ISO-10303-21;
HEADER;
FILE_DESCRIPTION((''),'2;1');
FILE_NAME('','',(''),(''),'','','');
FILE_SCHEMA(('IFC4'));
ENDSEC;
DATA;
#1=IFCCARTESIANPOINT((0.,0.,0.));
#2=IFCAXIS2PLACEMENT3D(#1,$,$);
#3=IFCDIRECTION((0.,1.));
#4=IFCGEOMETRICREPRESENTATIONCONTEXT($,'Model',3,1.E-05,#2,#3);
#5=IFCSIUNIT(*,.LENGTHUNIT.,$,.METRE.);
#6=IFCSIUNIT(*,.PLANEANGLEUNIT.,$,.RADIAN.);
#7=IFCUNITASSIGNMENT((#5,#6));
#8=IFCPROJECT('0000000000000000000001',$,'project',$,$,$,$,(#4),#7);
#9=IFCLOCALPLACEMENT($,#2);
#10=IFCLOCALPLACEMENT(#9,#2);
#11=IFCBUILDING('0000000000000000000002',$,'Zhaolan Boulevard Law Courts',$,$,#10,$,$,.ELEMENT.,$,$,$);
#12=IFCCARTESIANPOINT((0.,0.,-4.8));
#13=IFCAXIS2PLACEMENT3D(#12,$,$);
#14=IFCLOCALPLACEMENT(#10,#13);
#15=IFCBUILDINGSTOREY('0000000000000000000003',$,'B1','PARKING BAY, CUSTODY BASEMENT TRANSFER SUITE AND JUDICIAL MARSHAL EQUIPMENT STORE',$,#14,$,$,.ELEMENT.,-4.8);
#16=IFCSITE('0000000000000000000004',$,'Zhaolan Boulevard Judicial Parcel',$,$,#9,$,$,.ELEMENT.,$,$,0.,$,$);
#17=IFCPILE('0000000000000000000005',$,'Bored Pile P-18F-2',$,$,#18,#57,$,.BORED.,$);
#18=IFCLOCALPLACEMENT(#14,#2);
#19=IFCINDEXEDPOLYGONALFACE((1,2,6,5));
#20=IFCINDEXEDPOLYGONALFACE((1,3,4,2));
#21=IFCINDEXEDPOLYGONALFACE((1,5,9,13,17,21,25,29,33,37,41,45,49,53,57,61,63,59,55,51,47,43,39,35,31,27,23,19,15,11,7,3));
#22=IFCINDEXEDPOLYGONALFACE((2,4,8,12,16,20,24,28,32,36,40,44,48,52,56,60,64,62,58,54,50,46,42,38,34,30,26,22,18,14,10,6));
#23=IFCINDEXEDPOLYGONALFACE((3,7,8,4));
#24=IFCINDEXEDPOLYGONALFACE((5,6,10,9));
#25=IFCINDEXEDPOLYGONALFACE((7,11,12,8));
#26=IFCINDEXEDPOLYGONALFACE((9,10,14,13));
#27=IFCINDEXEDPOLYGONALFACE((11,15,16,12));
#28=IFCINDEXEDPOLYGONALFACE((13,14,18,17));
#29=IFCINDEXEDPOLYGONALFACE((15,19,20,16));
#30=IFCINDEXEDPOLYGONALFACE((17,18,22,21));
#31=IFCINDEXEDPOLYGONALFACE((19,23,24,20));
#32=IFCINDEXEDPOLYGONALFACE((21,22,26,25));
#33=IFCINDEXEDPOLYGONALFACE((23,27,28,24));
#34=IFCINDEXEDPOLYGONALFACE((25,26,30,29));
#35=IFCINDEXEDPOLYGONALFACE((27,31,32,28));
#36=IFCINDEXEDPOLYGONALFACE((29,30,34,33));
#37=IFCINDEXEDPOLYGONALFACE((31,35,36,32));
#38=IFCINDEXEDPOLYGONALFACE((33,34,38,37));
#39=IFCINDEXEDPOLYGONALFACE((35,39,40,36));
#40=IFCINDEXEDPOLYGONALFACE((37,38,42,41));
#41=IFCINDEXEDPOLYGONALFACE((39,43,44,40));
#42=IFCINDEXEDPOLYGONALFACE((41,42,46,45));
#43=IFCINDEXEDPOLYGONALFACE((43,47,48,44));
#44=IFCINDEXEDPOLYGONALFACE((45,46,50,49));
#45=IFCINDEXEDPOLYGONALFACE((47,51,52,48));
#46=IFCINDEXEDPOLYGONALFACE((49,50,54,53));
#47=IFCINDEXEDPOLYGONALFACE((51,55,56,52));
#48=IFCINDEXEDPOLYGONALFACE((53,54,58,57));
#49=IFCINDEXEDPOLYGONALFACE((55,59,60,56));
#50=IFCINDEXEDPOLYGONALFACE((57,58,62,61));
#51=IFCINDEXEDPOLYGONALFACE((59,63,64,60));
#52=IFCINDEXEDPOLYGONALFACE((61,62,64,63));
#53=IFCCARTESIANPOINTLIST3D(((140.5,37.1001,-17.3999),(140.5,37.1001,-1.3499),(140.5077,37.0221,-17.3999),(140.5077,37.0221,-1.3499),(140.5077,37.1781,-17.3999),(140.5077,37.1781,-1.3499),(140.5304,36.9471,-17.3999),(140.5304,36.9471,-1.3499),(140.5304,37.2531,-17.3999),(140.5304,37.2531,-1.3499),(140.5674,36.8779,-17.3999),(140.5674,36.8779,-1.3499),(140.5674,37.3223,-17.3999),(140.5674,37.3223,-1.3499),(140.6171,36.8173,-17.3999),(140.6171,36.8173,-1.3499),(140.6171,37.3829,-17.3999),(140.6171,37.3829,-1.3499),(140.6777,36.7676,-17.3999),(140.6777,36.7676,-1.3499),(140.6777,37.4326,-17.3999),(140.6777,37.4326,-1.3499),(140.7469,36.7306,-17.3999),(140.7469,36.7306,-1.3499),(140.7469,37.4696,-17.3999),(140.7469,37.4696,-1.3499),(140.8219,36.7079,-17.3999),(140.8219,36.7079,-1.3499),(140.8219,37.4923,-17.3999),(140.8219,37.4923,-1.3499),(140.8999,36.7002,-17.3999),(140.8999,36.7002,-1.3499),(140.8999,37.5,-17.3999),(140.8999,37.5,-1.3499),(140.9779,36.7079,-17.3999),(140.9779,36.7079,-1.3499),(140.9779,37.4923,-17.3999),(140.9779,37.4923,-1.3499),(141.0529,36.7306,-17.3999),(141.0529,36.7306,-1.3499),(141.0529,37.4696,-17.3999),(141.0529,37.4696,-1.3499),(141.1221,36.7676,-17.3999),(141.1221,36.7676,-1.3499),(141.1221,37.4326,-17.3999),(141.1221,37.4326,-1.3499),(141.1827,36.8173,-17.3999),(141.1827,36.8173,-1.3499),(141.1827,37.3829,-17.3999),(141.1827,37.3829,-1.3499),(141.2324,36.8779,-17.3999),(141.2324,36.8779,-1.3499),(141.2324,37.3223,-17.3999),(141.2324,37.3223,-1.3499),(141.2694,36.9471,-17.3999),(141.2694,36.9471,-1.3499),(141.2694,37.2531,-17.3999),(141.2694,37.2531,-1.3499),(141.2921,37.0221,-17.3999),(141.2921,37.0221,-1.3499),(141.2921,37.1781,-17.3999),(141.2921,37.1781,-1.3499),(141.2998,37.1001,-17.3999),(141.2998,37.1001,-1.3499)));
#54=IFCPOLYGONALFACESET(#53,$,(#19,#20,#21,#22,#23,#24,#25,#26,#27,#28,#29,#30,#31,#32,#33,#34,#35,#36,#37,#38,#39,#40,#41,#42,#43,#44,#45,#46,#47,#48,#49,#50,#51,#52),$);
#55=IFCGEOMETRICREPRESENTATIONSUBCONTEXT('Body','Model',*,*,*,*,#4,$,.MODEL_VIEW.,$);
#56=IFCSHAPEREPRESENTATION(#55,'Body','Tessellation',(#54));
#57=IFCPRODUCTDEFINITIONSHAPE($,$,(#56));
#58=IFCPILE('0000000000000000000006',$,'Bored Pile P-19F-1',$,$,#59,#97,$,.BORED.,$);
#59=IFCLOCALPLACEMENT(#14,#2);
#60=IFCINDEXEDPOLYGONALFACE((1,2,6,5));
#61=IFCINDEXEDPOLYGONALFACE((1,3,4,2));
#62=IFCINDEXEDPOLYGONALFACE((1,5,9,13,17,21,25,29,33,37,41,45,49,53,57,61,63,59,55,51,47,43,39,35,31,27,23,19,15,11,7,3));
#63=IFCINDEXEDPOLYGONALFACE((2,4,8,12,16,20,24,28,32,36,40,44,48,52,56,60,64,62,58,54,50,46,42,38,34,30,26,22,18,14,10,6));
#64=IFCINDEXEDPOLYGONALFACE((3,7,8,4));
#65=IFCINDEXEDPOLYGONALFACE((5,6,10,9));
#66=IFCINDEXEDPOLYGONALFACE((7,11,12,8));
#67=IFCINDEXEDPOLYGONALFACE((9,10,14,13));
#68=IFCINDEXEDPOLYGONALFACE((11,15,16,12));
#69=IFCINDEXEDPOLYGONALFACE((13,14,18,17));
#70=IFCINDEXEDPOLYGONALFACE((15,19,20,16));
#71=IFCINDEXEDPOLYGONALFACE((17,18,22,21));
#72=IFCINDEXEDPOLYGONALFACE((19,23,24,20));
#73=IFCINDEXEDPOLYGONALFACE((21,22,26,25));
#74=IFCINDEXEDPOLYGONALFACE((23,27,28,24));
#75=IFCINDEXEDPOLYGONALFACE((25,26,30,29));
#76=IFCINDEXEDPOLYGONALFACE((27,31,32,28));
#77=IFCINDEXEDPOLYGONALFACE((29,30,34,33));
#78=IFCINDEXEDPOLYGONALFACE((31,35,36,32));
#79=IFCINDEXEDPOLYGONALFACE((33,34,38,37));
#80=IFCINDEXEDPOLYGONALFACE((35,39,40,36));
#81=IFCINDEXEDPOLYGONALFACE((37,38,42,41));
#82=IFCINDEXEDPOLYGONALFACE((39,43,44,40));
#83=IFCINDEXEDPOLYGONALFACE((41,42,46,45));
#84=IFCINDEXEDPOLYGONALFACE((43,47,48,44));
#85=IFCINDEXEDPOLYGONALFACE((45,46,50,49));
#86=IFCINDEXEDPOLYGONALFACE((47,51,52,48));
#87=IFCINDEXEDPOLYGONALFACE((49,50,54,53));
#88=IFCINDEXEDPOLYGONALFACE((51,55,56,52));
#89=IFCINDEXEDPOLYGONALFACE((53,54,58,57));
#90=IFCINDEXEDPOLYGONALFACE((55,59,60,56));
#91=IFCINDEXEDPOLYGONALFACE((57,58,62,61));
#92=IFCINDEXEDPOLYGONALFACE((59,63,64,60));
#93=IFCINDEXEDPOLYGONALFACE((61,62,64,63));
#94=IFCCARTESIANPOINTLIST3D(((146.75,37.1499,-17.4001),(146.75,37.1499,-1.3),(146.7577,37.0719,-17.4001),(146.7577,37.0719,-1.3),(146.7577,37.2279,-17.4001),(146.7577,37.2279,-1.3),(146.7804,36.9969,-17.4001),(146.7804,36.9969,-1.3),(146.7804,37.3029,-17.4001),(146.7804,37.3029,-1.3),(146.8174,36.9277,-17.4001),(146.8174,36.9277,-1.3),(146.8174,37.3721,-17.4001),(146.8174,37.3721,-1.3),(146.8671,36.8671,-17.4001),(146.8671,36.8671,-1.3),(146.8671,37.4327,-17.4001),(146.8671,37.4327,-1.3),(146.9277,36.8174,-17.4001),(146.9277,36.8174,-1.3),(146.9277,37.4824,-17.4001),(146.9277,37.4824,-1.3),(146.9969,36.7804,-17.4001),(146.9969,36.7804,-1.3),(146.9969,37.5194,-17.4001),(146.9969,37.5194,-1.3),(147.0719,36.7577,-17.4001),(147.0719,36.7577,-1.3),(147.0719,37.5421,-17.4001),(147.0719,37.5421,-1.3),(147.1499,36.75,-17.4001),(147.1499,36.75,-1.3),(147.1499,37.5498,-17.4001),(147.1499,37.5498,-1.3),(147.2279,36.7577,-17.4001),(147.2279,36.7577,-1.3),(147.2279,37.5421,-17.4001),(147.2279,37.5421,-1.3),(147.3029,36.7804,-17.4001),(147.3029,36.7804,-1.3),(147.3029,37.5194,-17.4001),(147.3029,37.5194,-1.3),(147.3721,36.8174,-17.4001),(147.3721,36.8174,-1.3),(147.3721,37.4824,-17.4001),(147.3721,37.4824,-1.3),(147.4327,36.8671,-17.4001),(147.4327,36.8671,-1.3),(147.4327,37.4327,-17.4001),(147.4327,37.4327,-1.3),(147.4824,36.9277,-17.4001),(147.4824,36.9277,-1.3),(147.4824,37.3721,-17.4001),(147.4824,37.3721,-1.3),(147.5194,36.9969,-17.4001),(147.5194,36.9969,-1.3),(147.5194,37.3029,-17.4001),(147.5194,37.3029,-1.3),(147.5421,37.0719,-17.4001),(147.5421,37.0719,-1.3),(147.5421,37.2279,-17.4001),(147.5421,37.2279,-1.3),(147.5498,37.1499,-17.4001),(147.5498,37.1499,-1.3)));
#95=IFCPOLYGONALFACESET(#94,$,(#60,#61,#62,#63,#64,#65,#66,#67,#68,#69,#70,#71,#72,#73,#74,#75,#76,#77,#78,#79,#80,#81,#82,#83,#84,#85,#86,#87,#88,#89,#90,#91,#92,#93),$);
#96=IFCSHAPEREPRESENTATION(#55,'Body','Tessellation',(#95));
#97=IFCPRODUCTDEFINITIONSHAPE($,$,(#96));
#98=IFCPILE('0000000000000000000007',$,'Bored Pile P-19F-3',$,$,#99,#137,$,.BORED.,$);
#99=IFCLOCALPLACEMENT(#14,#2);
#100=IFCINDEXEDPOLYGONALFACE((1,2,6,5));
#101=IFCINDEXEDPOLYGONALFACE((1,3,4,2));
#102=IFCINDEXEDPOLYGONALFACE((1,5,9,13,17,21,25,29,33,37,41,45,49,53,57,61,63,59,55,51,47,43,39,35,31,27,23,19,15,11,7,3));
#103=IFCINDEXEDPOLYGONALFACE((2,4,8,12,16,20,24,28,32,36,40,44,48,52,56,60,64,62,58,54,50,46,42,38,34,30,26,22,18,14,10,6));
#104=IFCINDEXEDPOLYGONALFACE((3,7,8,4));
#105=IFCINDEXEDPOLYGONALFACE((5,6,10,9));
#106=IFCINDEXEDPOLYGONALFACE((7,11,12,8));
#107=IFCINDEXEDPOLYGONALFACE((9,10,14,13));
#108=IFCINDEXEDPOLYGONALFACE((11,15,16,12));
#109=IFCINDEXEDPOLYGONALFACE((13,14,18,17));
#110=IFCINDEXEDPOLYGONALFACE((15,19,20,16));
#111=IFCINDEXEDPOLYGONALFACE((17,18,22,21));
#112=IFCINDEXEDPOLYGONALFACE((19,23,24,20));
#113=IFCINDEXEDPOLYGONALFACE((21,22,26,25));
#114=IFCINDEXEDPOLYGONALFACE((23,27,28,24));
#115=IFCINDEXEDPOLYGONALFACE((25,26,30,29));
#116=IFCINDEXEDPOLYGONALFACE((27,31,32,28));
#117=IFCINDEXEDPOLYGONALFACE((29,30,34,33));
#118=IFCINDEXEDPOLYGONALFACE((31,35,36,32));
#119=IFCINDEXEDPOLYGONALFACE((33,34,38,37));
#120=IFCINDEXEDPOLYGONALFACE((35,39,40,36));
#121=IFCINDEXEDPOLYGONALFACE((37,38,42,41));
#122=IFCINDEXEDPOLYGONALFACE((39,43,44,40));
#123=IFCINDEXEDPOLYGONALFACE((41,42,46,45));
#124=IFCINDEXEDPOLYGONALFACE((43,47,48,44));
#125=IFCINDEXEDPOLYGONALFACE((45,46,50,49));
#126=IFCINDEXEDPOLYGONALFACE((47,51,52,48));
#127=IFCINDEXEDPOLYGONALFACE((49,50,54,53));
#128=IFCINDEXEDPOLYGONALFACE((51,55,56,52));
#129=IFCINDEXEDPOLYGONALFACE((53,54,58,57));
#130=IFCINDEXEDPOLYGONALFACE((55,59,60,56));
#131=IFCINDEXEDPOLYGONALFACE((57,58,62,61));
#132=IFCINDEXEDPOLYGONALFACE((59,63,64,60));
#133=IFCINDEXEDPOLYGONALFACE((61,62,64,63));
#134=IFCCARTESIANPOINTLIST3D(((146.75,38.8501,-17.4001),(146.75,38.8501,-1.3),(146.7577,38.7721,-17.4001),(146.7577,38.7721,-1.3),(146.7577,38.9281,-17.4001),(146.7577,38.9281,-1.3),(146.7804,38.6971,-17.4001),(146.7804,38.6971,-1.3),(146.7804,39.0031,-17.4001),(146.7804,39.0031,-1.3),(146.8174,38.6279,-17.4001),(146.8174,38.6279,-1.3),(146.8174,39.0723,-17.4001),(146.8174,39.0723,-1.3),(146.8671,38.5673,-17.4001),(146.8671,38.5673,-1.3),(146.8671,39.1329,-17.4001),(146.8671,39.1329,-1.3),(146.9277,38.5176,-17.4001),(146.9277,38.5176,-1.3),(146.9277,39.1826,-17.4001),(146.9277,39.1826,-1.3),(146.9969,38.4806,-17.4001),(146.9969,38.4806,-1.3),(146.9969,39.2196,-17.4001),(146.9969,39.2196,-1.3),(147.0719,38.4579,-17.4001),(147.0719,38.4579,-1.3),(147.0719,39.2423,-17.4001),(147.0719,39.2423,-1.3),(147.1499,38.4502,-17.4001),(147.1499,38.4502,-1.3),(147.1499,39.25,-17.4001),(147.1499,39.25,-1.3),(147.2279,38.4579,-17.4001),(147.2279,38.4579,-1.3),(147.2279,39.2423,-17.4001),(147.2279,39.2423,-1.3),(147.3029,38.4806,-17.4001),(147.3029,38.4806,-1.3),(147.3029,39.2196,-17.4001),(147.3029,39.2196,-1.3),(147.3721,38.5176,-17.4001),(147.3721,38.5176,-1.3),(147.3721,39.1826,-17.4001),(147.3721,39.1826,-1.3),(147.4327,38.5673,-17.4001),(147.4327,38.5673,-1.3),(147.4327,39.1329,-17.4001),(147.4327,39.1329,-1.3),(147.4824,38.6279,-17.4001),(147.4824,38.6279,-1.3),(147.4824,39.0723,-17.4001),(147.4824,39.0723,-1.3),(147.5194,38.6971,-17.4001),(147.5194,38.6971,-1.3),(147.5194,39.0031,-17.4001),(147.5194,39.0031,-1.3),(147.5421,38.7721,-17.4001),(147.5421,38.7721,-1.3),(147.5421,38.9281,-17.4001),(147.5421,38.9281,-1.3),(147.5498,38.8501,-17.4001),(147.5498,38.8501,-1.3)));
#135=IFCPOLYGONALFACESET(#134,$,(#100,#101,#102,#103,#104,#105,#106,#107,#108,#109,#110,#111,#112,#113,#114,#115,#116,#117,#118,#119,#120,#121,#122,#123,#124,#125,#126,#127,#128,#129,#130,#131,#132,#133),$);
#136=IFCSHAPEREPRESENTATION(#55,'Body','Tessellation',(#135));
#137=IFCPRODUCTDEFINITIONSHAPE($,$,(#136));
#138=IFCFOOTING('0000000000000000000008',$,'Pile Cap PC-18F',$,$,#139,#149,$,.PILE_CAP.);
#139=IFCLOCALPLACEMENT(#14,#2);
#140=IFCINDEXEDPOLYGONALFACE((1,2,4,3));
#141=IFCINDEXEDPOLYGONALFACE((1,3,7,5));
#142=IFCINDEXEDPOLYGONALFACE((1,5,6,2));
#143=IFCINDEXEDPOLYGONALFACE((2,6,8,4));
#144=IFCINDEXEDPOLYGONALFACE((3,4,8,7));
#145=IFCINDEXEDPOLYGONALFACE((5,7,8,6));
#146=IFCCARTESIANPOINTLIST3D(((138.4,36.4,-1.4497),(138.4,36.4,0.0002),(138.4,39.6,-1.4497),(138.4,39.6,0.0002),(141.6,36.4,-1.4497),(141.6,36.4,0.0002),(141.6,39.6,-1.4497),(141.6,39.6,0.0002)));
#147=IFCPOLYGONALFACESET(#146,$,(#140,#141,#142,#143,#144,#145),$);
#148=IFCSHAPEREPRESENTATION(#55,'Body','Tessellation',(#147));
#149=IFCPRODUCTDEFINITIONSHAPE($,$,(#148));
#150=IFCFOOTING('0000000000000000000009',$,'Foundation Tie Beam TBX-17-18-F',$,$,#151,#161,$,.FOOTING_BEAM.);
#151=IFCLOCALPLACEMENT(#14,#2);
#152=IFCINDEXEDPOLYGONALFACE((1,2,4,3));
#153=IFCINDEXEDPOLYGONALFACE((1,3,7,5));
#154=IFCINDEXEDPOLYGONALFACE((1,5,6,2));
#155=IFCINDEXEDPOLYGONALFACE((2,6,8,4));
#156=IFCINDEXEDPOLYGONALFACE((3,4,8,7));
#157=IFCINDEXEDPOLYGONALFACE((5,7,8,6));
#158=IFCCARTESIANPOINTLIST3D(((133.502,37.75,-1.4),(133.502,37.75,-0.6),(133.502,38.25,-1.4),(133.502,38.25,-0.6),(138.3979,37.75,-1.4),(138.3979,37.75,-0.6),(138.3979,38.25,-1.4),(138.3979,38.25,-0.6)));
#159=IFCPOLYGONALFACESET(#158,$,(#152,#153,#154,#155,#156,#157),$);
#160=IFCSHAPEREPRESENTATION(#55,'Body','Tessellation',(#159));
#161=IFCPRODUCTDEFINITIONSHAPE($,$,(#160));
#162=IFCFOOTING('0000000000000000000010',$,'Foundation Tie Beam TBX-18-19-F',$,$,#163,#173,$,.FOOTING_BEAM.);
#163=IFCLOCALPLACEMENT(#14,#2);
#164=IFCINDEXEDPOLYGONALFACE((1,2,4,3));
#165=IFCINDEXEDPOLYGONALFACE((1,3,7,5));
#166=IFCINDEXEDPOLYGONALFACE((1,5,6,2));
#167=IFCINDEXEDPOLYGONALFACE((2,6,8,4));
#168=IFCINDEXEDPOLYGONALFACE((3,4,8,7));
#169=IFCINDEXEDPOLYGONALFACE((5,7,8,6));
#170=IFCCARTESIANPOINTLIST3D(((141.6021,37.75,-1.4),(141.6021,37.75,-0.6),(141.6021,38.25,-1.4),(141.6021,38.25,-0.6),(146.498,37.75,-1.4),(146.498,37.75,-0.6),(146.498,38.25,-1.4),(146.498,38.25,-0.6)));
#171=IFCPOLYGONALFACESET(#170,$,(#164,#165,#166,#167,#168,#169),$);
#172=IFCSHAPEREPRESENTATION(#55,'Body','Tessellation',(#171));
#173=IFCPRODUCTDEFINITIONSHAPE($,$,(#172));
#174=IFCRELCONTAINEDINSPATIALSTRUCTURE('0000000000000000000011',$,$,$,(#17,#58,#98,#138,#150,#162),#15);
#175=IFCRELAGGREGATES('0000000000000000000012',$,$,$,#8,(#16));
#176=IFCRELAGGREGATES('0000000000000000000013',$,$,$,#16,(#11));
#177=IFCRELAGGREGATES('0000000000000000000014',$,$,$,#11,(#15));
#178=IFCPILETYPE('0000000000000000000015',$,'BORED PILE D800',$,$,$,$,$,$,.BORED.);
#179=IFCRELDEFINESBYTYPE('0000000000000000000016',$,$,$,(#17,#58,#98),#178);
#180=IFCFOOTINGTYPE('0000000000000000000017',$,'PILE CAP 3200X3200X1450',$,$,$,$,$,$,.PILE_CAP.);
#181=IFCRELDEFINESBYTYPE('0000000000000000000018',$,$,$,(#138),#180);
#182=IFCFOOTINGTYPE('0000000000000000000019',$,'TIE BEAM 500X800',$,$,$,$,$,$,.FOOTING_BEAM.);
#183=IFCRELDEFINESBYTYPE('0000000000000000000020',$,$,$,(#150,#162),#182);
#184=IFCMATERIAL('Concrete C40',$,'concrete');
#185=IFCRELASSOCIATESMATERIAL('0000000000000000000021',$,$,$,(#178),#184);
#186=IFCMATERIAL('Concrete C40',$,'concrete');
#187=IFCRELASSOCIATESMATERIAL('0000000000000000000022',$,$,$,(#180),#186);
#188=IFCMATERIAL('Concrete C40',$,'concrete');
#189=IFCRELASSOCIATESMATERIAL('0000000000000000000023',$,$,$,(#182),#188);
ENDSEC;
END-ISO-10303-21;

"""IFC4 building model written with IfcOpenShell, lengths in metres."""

from ifc_helpers import new_model, si_unit, direction, frame, origin, origin_2d, place, context, subcontext, project, spatial, rectangle, circle, extrude, material, material_profile, profile_set, type_object, element, save


model = new_model("IFC4")

# Units and contexts
model_context = context("Model", 3, precision=1e-05, world=origin(), true_north=direction((0.0, 1.0)))
body_context = subcontext(model_context, "Body", "Model", "MODEL_VIEW")
ifc_project = project(units=[si_unit("LENGTHUNIT", "METRE"), si_unit("PLANEANGLEUNIT", "RADIAN")], contexts=[model_context])

# Site, building, storey
site_placement = place(None, origin())
site = spatial("IfcSite", under=ifc_project, at=site_placement, Name="Zhaolan Boulevard Judicial Parcel", CompositionType="ELEMENT", RefElevation=0.0)
building_placement = place(site_placement, origin())
building = spatial("IfcBuilding", under=site, at=building_placement, Name="Zhaolan Boulevard Law Courts", CompositionType="ELEMENT")
storey_placement = place(building_placement, frame((0.0, 0.0, -4.8)))
storey = spatial("IfcBuildingStorey", under=building, at=storey_placement, Name="B1", Description="PARKING BAY, CUSTODY BASEMENT TRANSFER SUITE AND JUDICIAL MARSHAL EQUIPMENT STORE", CompositionType="ELEMENT", Elevation=-4.8)

# Piles
ifc_material_1 = material(Name="Concrete C40", Category="concrete")
ifc_material_profile_1 = material_profile(ifc_material_1, circle(Radius=0.3999, at=origin_2d()), Name="PILE-D800")
ifc_profile_set_1 = profile_set([ifc_material_profile_1], Name="Concrete C40")
pile_type = type_object("IfcPileType", Name="BORED PILE D800", PredefinedType="BORED", material=ifc_profile_set_1)
for number, where, z_axis, x_axis, name in (
    (1, (140.8999, 37.1001, -1.3499), (0.0, 0.0, -1.0), (1.0, 0.0, 0.0), "Bored Pile P-18F-2"),
):
    element("IfcPile", number, at=place(storey_placement, frame(where, z_axis=z_axis, x_axis=x_axis)), inside=storey, type_object=pile_type, Name=name, PredefinedType="BORED", context=body_context, shape_type="SweptSolid", body=[
        extrude(circle(Radius=0.3999, at=origin_2d()), origin(), (0.0, 0.0, 1.0), 16.05),
    ])
for number, where, z_axis, x_axis, name in (
    (2, (147.1499, 37.1499, -1.3), (0.0, 0.0, -1.0), (1.0, 0.0, 0.0), "Bored Pile P-19F-1"),
    (3, (147.1499, 38.8501, -1.3), (0.0, 0.0, -1.0), (1.0, 0.0, 0.0), "Bored Pile P-19F-3"),
):
    element("IfcPile", number, at=place(storey_placement, frame(where, z_axis=z_axis, x_axis=x_axis)), inside=storey, type_object=pile_type, Name=name, PredefinedType="BORED", context=body_context, shape_type="SweptSolid", body=[
        extrude(circle(Radius=0.3999, at=origin_2d()), origin(), (0.0, 0.0, 1.0), 16.1001),
    ])

# Footings
ifc_material_2 = material(Name="Concrete C40", Category="concrete")
footing_type_1 = type_object("IfcFootingType", Name="PILE CAP 3200X3200X1450", PredefinedType="PILE_CAP", material=ifc_material_2)
footing_placement = place(storey_placement, frame((140.0, 38.0, -1.4497), z_axis=(0.0, 0.0, 1.0), x_axis=(1.0, 0.0, 0.0)))
element("IfcFooting", 4, at=footing_placement, inside=storey, type_object=footing_type_1, Name="Pile Cap PC-18F", PredefinedType="PILE_CAP", context=body_context, shape_type="SweptSolid", body=[
    extrude(rectangle(XDim=3.2, YDim=3.2, at=origin_2d()), origin(), (0.0, 0.0, 1.0), 1.45),
])
ifc_material_3 = material(Name="Concrete C40", Category="concrete")
ifc_material_profile_2 = material_profile(ifc_material_3, rectangle(XDim=0.5, YDim=0.8, at=origin_2d()), Name="RC500x800")
ifc_profile_set_2 = profile_set([ifc_material_profile_2], Name="Concrete C40")
footing_type_2 = type_object("IfcFootingType", Name="TIE BEAM 500X800", PredefinedType="FOOTING_BEAM", material=ifc_profile_set_2)
for number, where, z_axis, x_axis, name in (
    (5, (133.502, 38.0, -1.0), (1.0, 0.0, 0.0), (0.0, 1.0, 0.0), "Foundation Tie Beam TBX-17-18-F"),
    (6, (141.6021, 38.0, -1.0), (1.0, 0.0, 0.0), (0.0, 1.0, 0.0), "Foundation Tie Beam TBX-18-19-F"),
):
    element("IfcFooting", number, at=place(storey_placement, frame(where, z_axis=z_axis, x_axis=x_axis)), inside=storey, type_object=footing_type_2, Name=name, PredefinedType="FOOTING_BEAM", context=body_context, shape_type="SweptSolid", body=[
        extrude(rectangle(XDim=0.5, YDim=0.8, at=origin_2d()), origin(), (0.0, 0.0, 1.0), 4.896),
    ])

save(model, "model.ifc")
